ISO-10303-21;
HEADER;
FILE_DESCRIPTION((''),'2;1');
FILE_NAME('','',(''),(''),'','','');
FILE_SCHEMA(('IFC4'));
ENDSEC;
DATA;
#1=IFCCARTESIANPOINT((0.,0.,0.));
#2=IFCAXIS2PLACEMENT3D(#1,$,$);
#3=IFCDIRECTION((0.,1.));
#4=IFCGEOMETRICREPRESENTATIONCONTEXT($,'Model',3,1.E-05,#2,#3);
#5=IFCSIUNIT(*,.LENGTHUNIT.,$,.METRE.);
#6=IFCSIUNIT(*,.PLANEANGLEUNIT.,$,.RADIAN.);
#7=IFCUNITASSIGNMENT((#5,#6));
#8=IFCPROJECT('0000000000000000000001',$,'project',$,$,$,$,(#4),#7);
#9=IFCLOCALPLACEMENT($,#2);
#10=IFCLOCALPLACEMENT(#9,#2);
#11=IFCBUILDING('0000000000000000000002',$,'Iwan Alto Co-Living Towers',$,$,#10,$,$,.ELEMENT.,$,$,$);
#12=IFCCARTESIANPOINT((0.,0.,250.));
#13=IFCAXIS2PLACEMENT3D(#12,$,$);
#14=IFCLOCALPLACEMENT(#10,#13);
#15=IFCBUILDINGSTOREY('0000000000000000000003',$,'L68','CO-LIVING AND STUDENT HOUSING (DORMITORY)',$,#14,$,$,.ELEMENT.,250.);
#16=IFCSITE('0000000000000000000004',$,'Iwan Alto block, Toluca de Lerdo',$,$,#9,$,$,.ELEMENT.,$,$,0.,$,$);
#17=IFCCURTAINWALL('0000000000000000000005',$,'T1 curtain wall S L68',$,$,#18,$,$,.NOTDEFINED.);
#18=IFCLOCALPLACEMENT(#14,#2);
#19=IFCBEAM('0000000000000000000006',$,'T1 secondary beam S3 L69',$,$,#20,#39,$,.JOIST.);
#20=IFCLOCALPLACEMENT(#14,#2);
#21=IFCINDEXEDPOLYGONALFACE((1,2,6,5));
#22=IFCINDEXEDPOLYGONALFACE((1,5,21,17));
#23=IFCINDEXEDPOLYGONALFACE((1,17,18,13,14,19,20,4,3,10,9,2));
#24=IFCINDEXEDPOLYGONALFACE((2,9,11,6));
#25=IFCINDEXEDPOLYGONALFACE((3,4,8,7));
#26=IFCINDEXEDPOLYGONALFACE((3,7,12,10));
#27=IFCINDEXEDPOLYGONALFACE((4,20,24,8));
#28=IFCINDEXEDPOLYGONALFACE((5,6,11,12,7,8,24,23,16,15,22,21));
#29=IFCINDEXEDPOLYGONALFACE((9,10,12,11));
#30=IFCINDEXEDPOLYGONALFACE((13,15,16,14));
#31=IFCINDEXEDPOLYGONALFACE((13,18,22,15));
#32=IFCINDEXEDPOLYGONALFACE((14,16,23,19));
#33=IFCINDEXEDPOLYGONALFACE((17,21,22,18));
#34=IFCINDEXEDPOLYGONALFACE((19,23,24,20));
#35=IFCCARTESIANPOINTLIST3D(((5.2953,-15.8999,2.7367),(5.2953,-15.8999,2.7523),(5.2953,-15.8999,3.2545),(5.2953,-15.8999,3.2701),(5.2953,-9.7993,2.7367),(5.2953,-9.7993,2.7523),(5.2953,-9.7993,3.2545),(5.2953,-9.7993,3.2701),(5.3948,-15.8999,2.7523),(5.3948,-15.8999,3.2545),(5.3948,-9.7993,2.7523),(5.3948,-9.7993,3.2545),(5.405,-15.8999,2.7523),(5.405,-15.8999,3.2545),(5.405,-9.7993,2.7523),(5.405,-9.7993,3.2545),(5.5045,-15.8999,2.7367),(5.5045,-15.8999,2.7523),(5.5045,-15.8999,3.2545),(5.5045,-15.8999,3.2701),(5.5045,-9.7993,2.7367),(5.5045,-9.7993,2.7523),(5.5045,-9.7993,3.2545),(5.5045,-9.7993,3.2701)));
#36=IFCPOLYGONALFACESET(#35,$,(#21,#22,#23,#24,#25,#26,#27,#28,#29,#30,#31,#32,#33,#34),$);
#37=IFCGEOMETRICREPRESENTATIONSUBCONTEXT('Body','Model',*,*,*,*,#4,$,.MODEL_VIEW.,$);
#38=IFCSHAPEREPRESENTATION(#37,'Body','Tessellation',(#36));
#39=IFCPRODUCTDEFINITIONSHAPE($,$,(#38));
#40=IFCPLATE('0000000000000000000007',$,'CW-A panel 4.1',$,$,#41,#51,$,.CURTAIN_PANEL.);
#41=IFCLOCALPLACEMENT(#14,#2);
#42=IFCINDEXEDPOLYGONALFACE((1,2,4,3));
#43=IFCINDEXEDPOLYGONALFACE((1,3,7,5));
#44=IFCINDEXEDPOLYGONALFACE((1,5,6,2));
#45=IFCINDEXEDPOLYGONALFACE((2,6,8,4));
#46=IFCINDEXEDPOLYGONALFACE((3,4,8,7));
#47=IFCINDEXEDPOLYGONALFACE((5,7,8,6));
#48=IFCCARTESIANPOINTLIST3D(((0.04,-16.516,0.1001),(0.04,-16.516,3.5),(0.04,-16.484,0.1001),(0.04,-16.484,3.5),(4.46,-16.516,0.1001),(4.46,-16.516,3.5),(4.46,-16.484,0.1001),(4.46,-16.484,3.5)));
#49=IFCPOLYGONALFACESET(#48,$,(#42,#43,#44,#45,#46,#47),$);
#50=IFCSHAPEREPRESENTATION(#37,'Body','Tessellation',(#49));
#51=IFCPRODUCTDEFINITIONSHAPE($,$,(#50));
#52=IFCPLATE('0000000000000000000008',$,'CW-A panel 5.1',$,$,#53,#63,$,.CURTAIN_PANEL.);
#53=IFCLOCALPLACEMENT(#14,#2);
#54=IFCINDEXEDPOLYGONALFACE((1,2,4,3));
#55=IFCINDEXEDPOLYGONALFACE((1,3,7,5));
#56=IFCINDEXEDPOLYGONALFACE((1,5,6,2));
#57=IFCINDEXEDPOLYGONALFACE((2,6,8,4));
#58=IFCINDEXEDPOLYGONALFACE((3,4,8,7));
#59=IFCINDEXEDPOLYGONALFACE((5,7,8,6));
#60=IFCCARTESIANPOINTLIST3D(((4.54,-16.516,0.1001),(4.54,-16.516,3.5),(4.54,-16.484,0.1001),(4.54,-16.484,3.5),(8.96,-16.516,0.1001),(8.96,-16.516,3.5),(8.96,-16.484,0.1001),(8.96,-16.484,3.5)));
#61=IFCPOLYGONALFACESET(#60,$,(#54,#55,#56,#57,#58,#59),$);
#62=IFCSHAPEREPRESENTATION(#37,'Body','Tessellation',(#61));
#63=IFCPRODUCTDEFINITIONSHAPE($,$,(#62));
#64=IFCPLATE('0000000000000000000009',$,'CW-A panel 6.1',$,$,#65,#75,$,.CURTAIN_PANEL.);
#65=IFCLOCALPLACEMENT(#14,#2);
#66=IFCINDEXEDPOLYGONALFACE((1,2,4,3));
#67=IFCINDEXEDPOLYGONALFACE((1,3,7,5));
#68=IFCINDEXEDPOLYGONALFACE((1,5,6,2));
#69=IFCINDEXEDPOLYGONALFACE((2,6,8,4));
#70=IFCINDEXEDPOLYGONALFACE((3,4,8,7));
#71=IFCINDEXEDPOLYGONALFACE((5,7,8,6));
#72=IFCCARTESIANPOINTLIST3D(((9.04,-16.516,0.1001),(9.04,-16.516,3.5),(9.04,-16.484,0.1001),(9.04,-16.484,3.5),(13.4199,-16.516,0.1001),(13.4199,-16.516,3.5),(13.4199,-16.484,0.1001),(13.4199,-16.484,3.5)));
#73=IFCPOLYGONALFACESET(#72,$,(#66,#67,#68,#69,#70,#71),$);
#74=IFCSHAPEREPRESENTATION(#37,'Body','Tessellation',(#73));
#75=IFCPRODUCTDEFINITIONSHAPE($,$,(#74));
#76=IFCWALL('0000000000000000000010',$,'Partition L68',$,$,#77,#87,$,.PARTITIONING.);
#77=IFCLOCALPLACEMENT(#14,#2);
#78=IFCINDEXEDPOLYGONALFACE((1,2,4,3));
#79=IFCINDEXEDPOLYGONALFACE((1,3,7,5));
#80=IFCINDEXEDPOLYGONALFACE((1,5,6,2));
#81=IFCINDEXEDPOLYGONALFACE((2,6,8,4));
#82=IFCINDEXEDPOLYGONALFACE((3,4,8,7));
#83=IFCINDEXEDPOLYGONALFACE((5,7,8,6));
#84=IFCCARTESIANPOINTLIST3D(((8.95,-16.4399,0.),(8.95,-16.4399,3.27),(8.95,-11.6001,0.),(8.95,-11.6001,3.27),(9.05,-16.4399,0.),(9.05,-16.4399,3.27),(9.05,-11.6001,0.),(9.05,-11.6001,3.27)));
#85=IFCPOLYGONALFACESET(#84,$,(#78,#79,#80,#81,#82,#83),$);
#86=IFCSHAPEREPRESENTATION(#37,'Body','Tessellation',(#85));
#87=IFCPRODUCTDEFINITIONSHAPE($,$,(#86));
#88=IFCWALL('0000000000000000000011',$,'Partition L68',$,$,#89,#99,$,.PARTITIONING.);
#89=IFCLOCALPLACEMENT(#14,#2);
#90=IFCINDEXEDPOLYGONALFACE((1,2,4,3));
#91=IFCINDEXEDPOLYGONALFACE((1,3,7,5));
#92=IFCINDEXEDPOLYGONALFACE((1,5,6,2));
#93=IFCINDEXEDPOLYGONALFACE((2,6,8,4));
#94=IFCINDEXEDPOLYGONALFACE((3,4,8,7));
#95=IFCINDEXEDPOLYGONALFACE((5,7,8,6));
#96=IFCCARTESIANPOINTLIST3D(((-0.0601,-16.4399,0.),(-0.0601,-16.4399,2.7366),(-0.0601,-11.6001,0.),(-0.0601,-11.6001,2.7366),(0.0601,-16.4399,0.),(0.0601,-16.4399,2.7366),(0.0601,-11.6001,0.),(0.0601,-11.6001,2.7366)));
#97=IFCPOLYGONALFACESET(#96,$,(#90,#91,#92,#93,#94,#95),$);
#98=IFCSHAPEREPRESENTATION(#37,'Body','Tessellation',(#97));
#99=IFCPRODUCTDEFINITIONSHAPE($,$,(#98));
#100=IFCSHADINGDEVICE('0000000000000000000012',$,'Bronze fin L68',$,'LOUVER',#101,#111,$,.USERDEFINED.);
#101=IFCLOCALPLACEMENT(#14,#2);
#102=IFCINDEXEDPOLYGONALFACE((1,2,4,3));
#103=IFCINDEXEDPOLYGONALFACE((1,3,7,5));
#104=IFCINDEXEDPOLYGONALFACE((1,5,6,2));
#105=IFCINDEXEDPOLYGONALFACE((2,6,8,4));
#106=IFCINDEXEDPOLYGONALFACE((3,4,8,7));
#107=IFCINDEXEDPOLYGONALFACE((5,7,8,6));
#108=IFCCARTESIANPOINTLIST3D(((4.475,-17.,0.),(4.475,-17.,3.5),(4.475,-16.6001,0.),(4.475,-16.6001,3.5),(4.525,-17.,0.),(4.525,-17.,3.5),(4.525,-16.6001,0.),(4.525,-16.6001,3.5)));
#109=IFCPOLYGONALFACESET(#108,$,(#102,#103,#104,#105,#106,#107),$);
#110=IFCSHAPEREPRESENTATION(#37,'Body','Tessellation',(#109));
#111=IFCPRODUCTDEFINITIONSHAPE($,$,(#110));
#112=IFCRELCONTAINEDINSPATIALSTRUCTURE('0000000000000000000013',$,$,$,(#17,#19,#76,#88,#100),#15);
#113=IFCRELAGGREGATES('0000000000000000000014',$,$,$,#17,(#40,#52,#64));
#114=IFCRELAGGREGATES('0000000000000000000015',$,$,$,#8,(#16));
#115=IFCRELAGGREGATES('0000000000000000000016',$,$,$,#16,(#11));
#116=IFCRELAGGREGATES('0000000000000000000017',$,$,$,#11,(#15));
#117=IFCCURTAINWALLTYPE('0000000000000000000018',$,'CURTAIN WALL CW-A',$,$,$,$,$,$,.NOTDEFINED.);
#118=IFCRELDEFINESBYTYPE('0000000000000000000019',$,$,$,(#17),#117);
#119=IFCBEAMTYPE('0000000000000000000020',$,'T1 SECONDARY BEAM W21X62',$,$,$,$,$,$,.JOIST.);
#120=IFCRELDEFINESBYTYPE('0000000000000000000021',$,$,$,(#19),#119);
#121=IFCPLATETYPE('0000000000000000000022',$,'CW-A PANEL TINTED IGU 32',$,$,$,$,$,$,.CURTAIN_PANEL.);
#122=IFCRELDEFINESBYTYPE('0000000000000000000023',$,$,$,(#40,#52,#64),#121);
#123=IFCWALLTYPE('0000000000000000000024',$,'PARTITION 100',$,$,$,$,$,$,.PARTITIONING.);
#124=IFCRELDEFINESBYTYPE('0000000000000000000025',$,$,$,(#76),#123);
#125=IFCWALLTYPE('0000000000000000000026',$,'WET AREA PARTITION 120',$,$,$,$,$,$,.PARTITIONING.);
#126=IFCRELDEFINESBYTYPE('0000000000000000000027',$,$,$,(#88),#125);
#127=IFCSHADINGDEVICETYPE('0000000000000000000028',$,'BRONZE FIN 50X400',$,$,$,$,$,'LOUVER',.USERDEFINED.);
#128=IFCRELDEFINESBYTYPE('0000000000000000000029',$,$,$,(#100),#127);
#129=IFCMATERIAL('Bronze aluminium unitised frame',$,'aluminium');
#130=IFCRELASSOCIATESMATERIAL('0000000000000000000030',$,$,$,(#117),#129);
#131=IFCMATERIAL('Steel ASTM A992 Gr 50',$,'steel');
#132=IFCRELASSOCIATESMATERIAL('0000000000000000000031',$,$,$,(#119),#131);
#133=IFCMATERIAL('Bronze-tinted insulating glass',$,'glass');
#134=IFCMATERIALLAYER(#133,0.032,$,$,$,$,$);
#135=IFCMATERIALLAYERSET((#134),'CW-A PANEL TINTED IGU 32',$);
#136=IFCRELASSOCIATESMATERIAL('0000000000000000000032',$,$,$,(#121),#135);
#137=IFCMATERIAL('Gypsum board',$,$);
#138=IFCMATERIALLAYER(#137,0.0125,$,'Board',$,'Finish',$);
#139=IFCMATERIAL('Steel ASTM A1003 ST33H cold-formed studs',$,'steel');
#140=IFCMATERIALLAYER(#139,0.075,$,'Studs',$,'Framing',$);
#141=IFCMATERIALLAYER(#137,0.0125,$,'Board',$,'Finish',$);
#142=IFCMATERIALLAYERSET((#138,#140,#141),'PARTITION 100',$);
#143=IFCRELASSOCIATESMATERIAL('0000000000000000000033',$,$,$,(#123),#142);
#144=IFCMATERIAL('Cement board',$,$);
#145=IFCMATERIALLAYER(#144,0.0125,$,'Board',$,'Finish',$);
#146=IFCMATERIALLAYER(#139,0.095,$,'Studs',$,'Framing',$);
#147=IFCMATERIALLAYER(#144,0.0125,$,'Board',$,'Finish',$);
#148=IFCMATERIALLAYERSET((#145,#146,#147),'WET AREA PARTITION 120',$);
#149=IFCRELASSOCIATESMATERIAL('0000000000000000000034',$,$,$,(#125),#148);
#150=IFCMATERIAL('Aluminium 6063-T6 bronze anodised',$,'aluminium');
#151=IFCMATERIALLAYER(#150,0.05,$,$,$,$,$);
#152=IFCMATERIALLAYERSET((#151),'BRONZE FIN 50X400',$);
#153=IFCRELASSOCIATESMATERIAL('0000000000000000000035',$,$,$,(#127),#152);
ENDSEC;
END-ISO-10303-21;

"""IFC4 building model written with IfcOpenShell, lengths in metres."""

from ifc_helpers import new_model, si_unit, direction, frame, frame_2d, origin, origin_2d, place, context, subcontext, project, spatial, rectangle, i_section, extrude, material, layer, layer_set, material_profile, profile_set, type_object, element, aggregate, save


model = new_model("IFC4")

# Units and contexts
model_context = context("Model", 3, precision=1e-05, world=origin(), true_north=direction((0.0, 1.0)))
body_context = subcontext(model_context, "Body", "Model", "MODEL_VIEW")
ifc_project = project(units=[si_unit("LENGTHUNIT", "METRE"), si_unit("PLANEANGLEUNIT", "RADIAN")], contexts=[model_context])

# Site, building, storey
site_placement = place(None, origin())
site = spatial("IfcSite", under=ifc_project, at=site_placement, Name="Iwan Alto block, Toluca de Lerdo", CompositionType="ELEMENT", RefElevation=0.0)
building_placement = place(site_placement, origin())
building = spatial("IfcBuilding", under=site, at=building_placement, Name="Iwan Alto Co-Living Towers", CompositionType="ELEMENT")
storey_placement = place(building_placement, frame((0.0, 0.0, 250.0)))
storey = spatial("IfcBuildingStorey", under=building, at=storey_placement, Name="L68", Description="CO-LIVING AND STUDENT HOUSING (DORMITORY)", CompositionType="ELEMENT", Elevation=250.0)

# Curtain wall
ifc_material_1 = material(Name="Bronze aluminium unitised frame", Category="aluminium")
curtain_wall_type = type_object("IfcCurtainWallType", Name="CURTAIN WALL CW-A", PredefinedType="NOTDEFINED", material=ifc_material_1)
curtain_wall_placement = place(storey_placement, origin())
curtain_wall = element("IfcCurtainWall", 1, at=curtain_wall_placement, inside=storey, type_object=curtain_wall_type, Name="T1 curtain wall S L68", PredefinedType="NOTDEFINED")

# Beam
ifc_material_2 = material(Name="Steel ASTM A992 Gr 50", Category="steel")
ifc_material_profile_1 = material_profile(ifc_material_2, i_section(OverallWidth=0.2092, OverallDepth=0.5334, WebThickness=0.0103, FlangeThickness=0.0156, at=origin_2d()), Name="W21X62")
ifc_profile_set_1 = profile_set([ifc_material_profile_1], Name="Steel ASTM A992 Gr 50")
beam_type_1 = type_object("IfcBeamType", Name="T1 SECONDARY BEAM W21X62", PredefinedType="JOIST", material=ifc_profile_set_1)
beam_1_placement = place(storey_placement, frame((5.3999, -15.8999, 3.0034), z_axis=(0.0, 1.0, 0.0), x_axis=(-1.0, 0.0, 0.0)))
element("IfcBeam", 2, at=beam_1_placement, inside=storey, type_object=beam_type_1, Name="T1 secondary beam S3 L69", PredefinedType="JOIST", context=body_context, shape_type="SweptSolid", body=[
    extrude(i_section(OverallWidth=0.2092, OverallDepth=0.5334, WebThickness=0.0103, FlangeThickness=0.0156, at=origin_2d()), origin(), (0.0, 0.0, 1.0), 6.1006),
])

# Plates
ifc_material_3 = material(Name="Bronze-tinted insulating glass", Category="glass")
ifc_layer_1 = layer(ifc_material_3, 0.032)
ifc_layer_set_1 = layer_set([ifc_layer_1], Name="CW-A PANEL TINTED IGU 32")
plate_type = type_object("IfcPlateType", Name="CW-A PANEL TINTED IGU 32", PredefinedType="CURTAIN_PANEL", material=ifc_layer_set_1)
plate_1_placement = place(storey_placement, frame((2.25, -16.5, 0.1001), z_axis=(0.0, 0.0, 1.0), x_axis=(1.0, 0.0, 0.0)))
plate_1 = element("IfcPlate", 3, at=plate_1_placement, type_object=plate_type, Name="CW-A panel 4.1", PredefinedType="CURTAIN_PANEL", context=body_context, shape_type="SweptSolid", body=[
    extrude(rectangle(XDim=4.4199, YDim=0.032, at=origin_2d()), origin(), (0.0, 0.0, 1.0), 3.3999),
])
plate_2_placement = place(storey_placement, frame((6.75, -16.5, 0.1001), z_axis=(0.0, 0.0, 1.0), x_axis=(1.0, 0.0, 0.0)))
plate_2 = element("IfcPlate", 4, at=plate_2_placement, type_object=plate_type, Name="CW-A panel 5.1", PredefinedType="CURTAIN_PANEL", context=body_context, shape_type="SweptSolid", body=[
    extrude(rectangle(XDim=4.4199, YDim=0.032, at=origin_2d()), origin(), (0.0, 0.0, 1.0), 3.3999),
])
plate_3_placement = place(storey_placement, frame((11.23, -16.5, 0.1001), z_axis=(0.0, 0.0, 1.0), x_axis=(1.0, 0.0, 0.0)))
plate_3 = element("IfcPlate", 5, at=plate_3_placement, type_object=plate_type, Name="CW-A panel 6.1", PredefinedType="CURTAIN_PANEL", context=body_context, shape_type="SweptSolid", body=[
    extrude(rectangle(XDim=4.3799, YDim=0.032, at=origin_2d()), origin(), (0.0, 0.0, 1.0), 3.3999),
])
aggregate(curtain_wall, [plate_1, plate_2, plate_3])

# Walls
ifc_material_4 = material(Name="Gypsum board")
ifc_layer_2 = layer(ifc_material_4, 0.0125, Name="Board", Category="Finish")
ifc_material_5 = material(Name="Steel ASTM A1003 ST33H cold-formed studs", Category="steel")
ifc_layer_3 = layer(ifc_material_5, 0.075, Name="Studs", Category="Framing")
ifc_layer_4 = layer(ifc_material_4, 0.0125, Name="Board", Category="Finish")
ifc_layer_set_2 = layer_set([ifc_layer_2, ifc_layer_3, ifc_layer_4], Name="PARTITION 100")
wall_type_1 = type_object("IfcWallType", Name="PARTITION 100", PredefinedType="PARTITIONING", material=ifc_layer_set_2)
wall_1_placement = place(storey_placement, frame((9.0, -16.4399, 0.0), z_axis=(0.0, 0.0, 1.0), x_axis=(0.0, 1.0, 0.0)))
element("IfcWall", 6, at=wall_1_placement, inside=storey, type_object=wall_type_1, Name="Partition L68", PredefinedType="PARTITIONING", context=body_context, shape_type="SweptSolid", body=[
    extrude(rectangle(XDim=4.8398, YDim=0.1001, at=frame_2d((2.4199, 0.0))), origin(), (0.0, 0.0, 1.0), 3.27),
])
ifc_material_6 = material(Name="Cement board")
ifc_layer_5 = layer(ifc_material_6, 0.0125, Name="Board", Category="Finish")
ifc_layer_6 = layer(ifc_material_5, 0.095, Name="Studs", Category="Framing")
ifc_layer_7 = layer(ifc_material_6, 0.0125, Name="Board", Category="Finish")
ifc_layer_set_3 = layer_set([ifc_layer_5, ifc_layer_6, ifc_layer_7], Name="WET AREA PARTITION 120")
wall_type_2 = type_object("IfcWallType", Name="WET AREA PARTITION 120", PredefinedType="PARTITIONING", material=ifc_layer_set_3)
wall_2_placement = place(storey_placement, frame((0.0, -16.4399, 0.0), z_axis=(0.0, 0.0, 1.0), x_axis=(0.0, 1.0, 0.0)))
element("IfcWall", 7, at=wall_2_placement, inside=storey, type_object=wall_type_2, Name="Partition L68", PredefinedType="PARTITIONING", context=body_context, shape_type="SweptSolid", body=[
    extrude(rectangle(XDim=4.8398, YDim=0.1201, at=frame_2d((2.4199, 0.0))), origin(), (0.0, 0.0, 1.0), 2.7366),
])

# Shading device
ifc_material_7 = material(Name="Aluminium 6063-T6 bronze anodised", Category="aluminium")
ifc_layer_8 = layer(ifc_material_7, 0.05)
ifc_layer_set_4 = layer_set([ifc_layer_8], Name="BRONZE FIN 50X400")
shading_device_type = type_object("IfcShadingDeviceType", Name="BRONZE FIN 50X400", ElementType="LOUVER", PredefinedType="USERDEFINED", material=ifc_layer_set_4)
shading_device_placement = place(storey_placement, frame((4.5, -16.8, 0.0), z_axis=(0.0, 0.0, 1.0), x_axis=(1.0, 0.0, 0.0)))
element("IfcShadingDevice", 8, at=shading_device_placement, inside=storey, type_object=shading_device_type, Name="Bronze fin L68", ObjectType="LOUVER", PredefinedType="USERDEFINED", context=body_context, shape_type="SweptSolid", body=[
    extrude(rectangle(XDim=0.05, YDim=0.3999, at=origin_2d()), origin(), (0.0, 0.0, 1.0), 3.5),
])

save(model, "model.ifc")
